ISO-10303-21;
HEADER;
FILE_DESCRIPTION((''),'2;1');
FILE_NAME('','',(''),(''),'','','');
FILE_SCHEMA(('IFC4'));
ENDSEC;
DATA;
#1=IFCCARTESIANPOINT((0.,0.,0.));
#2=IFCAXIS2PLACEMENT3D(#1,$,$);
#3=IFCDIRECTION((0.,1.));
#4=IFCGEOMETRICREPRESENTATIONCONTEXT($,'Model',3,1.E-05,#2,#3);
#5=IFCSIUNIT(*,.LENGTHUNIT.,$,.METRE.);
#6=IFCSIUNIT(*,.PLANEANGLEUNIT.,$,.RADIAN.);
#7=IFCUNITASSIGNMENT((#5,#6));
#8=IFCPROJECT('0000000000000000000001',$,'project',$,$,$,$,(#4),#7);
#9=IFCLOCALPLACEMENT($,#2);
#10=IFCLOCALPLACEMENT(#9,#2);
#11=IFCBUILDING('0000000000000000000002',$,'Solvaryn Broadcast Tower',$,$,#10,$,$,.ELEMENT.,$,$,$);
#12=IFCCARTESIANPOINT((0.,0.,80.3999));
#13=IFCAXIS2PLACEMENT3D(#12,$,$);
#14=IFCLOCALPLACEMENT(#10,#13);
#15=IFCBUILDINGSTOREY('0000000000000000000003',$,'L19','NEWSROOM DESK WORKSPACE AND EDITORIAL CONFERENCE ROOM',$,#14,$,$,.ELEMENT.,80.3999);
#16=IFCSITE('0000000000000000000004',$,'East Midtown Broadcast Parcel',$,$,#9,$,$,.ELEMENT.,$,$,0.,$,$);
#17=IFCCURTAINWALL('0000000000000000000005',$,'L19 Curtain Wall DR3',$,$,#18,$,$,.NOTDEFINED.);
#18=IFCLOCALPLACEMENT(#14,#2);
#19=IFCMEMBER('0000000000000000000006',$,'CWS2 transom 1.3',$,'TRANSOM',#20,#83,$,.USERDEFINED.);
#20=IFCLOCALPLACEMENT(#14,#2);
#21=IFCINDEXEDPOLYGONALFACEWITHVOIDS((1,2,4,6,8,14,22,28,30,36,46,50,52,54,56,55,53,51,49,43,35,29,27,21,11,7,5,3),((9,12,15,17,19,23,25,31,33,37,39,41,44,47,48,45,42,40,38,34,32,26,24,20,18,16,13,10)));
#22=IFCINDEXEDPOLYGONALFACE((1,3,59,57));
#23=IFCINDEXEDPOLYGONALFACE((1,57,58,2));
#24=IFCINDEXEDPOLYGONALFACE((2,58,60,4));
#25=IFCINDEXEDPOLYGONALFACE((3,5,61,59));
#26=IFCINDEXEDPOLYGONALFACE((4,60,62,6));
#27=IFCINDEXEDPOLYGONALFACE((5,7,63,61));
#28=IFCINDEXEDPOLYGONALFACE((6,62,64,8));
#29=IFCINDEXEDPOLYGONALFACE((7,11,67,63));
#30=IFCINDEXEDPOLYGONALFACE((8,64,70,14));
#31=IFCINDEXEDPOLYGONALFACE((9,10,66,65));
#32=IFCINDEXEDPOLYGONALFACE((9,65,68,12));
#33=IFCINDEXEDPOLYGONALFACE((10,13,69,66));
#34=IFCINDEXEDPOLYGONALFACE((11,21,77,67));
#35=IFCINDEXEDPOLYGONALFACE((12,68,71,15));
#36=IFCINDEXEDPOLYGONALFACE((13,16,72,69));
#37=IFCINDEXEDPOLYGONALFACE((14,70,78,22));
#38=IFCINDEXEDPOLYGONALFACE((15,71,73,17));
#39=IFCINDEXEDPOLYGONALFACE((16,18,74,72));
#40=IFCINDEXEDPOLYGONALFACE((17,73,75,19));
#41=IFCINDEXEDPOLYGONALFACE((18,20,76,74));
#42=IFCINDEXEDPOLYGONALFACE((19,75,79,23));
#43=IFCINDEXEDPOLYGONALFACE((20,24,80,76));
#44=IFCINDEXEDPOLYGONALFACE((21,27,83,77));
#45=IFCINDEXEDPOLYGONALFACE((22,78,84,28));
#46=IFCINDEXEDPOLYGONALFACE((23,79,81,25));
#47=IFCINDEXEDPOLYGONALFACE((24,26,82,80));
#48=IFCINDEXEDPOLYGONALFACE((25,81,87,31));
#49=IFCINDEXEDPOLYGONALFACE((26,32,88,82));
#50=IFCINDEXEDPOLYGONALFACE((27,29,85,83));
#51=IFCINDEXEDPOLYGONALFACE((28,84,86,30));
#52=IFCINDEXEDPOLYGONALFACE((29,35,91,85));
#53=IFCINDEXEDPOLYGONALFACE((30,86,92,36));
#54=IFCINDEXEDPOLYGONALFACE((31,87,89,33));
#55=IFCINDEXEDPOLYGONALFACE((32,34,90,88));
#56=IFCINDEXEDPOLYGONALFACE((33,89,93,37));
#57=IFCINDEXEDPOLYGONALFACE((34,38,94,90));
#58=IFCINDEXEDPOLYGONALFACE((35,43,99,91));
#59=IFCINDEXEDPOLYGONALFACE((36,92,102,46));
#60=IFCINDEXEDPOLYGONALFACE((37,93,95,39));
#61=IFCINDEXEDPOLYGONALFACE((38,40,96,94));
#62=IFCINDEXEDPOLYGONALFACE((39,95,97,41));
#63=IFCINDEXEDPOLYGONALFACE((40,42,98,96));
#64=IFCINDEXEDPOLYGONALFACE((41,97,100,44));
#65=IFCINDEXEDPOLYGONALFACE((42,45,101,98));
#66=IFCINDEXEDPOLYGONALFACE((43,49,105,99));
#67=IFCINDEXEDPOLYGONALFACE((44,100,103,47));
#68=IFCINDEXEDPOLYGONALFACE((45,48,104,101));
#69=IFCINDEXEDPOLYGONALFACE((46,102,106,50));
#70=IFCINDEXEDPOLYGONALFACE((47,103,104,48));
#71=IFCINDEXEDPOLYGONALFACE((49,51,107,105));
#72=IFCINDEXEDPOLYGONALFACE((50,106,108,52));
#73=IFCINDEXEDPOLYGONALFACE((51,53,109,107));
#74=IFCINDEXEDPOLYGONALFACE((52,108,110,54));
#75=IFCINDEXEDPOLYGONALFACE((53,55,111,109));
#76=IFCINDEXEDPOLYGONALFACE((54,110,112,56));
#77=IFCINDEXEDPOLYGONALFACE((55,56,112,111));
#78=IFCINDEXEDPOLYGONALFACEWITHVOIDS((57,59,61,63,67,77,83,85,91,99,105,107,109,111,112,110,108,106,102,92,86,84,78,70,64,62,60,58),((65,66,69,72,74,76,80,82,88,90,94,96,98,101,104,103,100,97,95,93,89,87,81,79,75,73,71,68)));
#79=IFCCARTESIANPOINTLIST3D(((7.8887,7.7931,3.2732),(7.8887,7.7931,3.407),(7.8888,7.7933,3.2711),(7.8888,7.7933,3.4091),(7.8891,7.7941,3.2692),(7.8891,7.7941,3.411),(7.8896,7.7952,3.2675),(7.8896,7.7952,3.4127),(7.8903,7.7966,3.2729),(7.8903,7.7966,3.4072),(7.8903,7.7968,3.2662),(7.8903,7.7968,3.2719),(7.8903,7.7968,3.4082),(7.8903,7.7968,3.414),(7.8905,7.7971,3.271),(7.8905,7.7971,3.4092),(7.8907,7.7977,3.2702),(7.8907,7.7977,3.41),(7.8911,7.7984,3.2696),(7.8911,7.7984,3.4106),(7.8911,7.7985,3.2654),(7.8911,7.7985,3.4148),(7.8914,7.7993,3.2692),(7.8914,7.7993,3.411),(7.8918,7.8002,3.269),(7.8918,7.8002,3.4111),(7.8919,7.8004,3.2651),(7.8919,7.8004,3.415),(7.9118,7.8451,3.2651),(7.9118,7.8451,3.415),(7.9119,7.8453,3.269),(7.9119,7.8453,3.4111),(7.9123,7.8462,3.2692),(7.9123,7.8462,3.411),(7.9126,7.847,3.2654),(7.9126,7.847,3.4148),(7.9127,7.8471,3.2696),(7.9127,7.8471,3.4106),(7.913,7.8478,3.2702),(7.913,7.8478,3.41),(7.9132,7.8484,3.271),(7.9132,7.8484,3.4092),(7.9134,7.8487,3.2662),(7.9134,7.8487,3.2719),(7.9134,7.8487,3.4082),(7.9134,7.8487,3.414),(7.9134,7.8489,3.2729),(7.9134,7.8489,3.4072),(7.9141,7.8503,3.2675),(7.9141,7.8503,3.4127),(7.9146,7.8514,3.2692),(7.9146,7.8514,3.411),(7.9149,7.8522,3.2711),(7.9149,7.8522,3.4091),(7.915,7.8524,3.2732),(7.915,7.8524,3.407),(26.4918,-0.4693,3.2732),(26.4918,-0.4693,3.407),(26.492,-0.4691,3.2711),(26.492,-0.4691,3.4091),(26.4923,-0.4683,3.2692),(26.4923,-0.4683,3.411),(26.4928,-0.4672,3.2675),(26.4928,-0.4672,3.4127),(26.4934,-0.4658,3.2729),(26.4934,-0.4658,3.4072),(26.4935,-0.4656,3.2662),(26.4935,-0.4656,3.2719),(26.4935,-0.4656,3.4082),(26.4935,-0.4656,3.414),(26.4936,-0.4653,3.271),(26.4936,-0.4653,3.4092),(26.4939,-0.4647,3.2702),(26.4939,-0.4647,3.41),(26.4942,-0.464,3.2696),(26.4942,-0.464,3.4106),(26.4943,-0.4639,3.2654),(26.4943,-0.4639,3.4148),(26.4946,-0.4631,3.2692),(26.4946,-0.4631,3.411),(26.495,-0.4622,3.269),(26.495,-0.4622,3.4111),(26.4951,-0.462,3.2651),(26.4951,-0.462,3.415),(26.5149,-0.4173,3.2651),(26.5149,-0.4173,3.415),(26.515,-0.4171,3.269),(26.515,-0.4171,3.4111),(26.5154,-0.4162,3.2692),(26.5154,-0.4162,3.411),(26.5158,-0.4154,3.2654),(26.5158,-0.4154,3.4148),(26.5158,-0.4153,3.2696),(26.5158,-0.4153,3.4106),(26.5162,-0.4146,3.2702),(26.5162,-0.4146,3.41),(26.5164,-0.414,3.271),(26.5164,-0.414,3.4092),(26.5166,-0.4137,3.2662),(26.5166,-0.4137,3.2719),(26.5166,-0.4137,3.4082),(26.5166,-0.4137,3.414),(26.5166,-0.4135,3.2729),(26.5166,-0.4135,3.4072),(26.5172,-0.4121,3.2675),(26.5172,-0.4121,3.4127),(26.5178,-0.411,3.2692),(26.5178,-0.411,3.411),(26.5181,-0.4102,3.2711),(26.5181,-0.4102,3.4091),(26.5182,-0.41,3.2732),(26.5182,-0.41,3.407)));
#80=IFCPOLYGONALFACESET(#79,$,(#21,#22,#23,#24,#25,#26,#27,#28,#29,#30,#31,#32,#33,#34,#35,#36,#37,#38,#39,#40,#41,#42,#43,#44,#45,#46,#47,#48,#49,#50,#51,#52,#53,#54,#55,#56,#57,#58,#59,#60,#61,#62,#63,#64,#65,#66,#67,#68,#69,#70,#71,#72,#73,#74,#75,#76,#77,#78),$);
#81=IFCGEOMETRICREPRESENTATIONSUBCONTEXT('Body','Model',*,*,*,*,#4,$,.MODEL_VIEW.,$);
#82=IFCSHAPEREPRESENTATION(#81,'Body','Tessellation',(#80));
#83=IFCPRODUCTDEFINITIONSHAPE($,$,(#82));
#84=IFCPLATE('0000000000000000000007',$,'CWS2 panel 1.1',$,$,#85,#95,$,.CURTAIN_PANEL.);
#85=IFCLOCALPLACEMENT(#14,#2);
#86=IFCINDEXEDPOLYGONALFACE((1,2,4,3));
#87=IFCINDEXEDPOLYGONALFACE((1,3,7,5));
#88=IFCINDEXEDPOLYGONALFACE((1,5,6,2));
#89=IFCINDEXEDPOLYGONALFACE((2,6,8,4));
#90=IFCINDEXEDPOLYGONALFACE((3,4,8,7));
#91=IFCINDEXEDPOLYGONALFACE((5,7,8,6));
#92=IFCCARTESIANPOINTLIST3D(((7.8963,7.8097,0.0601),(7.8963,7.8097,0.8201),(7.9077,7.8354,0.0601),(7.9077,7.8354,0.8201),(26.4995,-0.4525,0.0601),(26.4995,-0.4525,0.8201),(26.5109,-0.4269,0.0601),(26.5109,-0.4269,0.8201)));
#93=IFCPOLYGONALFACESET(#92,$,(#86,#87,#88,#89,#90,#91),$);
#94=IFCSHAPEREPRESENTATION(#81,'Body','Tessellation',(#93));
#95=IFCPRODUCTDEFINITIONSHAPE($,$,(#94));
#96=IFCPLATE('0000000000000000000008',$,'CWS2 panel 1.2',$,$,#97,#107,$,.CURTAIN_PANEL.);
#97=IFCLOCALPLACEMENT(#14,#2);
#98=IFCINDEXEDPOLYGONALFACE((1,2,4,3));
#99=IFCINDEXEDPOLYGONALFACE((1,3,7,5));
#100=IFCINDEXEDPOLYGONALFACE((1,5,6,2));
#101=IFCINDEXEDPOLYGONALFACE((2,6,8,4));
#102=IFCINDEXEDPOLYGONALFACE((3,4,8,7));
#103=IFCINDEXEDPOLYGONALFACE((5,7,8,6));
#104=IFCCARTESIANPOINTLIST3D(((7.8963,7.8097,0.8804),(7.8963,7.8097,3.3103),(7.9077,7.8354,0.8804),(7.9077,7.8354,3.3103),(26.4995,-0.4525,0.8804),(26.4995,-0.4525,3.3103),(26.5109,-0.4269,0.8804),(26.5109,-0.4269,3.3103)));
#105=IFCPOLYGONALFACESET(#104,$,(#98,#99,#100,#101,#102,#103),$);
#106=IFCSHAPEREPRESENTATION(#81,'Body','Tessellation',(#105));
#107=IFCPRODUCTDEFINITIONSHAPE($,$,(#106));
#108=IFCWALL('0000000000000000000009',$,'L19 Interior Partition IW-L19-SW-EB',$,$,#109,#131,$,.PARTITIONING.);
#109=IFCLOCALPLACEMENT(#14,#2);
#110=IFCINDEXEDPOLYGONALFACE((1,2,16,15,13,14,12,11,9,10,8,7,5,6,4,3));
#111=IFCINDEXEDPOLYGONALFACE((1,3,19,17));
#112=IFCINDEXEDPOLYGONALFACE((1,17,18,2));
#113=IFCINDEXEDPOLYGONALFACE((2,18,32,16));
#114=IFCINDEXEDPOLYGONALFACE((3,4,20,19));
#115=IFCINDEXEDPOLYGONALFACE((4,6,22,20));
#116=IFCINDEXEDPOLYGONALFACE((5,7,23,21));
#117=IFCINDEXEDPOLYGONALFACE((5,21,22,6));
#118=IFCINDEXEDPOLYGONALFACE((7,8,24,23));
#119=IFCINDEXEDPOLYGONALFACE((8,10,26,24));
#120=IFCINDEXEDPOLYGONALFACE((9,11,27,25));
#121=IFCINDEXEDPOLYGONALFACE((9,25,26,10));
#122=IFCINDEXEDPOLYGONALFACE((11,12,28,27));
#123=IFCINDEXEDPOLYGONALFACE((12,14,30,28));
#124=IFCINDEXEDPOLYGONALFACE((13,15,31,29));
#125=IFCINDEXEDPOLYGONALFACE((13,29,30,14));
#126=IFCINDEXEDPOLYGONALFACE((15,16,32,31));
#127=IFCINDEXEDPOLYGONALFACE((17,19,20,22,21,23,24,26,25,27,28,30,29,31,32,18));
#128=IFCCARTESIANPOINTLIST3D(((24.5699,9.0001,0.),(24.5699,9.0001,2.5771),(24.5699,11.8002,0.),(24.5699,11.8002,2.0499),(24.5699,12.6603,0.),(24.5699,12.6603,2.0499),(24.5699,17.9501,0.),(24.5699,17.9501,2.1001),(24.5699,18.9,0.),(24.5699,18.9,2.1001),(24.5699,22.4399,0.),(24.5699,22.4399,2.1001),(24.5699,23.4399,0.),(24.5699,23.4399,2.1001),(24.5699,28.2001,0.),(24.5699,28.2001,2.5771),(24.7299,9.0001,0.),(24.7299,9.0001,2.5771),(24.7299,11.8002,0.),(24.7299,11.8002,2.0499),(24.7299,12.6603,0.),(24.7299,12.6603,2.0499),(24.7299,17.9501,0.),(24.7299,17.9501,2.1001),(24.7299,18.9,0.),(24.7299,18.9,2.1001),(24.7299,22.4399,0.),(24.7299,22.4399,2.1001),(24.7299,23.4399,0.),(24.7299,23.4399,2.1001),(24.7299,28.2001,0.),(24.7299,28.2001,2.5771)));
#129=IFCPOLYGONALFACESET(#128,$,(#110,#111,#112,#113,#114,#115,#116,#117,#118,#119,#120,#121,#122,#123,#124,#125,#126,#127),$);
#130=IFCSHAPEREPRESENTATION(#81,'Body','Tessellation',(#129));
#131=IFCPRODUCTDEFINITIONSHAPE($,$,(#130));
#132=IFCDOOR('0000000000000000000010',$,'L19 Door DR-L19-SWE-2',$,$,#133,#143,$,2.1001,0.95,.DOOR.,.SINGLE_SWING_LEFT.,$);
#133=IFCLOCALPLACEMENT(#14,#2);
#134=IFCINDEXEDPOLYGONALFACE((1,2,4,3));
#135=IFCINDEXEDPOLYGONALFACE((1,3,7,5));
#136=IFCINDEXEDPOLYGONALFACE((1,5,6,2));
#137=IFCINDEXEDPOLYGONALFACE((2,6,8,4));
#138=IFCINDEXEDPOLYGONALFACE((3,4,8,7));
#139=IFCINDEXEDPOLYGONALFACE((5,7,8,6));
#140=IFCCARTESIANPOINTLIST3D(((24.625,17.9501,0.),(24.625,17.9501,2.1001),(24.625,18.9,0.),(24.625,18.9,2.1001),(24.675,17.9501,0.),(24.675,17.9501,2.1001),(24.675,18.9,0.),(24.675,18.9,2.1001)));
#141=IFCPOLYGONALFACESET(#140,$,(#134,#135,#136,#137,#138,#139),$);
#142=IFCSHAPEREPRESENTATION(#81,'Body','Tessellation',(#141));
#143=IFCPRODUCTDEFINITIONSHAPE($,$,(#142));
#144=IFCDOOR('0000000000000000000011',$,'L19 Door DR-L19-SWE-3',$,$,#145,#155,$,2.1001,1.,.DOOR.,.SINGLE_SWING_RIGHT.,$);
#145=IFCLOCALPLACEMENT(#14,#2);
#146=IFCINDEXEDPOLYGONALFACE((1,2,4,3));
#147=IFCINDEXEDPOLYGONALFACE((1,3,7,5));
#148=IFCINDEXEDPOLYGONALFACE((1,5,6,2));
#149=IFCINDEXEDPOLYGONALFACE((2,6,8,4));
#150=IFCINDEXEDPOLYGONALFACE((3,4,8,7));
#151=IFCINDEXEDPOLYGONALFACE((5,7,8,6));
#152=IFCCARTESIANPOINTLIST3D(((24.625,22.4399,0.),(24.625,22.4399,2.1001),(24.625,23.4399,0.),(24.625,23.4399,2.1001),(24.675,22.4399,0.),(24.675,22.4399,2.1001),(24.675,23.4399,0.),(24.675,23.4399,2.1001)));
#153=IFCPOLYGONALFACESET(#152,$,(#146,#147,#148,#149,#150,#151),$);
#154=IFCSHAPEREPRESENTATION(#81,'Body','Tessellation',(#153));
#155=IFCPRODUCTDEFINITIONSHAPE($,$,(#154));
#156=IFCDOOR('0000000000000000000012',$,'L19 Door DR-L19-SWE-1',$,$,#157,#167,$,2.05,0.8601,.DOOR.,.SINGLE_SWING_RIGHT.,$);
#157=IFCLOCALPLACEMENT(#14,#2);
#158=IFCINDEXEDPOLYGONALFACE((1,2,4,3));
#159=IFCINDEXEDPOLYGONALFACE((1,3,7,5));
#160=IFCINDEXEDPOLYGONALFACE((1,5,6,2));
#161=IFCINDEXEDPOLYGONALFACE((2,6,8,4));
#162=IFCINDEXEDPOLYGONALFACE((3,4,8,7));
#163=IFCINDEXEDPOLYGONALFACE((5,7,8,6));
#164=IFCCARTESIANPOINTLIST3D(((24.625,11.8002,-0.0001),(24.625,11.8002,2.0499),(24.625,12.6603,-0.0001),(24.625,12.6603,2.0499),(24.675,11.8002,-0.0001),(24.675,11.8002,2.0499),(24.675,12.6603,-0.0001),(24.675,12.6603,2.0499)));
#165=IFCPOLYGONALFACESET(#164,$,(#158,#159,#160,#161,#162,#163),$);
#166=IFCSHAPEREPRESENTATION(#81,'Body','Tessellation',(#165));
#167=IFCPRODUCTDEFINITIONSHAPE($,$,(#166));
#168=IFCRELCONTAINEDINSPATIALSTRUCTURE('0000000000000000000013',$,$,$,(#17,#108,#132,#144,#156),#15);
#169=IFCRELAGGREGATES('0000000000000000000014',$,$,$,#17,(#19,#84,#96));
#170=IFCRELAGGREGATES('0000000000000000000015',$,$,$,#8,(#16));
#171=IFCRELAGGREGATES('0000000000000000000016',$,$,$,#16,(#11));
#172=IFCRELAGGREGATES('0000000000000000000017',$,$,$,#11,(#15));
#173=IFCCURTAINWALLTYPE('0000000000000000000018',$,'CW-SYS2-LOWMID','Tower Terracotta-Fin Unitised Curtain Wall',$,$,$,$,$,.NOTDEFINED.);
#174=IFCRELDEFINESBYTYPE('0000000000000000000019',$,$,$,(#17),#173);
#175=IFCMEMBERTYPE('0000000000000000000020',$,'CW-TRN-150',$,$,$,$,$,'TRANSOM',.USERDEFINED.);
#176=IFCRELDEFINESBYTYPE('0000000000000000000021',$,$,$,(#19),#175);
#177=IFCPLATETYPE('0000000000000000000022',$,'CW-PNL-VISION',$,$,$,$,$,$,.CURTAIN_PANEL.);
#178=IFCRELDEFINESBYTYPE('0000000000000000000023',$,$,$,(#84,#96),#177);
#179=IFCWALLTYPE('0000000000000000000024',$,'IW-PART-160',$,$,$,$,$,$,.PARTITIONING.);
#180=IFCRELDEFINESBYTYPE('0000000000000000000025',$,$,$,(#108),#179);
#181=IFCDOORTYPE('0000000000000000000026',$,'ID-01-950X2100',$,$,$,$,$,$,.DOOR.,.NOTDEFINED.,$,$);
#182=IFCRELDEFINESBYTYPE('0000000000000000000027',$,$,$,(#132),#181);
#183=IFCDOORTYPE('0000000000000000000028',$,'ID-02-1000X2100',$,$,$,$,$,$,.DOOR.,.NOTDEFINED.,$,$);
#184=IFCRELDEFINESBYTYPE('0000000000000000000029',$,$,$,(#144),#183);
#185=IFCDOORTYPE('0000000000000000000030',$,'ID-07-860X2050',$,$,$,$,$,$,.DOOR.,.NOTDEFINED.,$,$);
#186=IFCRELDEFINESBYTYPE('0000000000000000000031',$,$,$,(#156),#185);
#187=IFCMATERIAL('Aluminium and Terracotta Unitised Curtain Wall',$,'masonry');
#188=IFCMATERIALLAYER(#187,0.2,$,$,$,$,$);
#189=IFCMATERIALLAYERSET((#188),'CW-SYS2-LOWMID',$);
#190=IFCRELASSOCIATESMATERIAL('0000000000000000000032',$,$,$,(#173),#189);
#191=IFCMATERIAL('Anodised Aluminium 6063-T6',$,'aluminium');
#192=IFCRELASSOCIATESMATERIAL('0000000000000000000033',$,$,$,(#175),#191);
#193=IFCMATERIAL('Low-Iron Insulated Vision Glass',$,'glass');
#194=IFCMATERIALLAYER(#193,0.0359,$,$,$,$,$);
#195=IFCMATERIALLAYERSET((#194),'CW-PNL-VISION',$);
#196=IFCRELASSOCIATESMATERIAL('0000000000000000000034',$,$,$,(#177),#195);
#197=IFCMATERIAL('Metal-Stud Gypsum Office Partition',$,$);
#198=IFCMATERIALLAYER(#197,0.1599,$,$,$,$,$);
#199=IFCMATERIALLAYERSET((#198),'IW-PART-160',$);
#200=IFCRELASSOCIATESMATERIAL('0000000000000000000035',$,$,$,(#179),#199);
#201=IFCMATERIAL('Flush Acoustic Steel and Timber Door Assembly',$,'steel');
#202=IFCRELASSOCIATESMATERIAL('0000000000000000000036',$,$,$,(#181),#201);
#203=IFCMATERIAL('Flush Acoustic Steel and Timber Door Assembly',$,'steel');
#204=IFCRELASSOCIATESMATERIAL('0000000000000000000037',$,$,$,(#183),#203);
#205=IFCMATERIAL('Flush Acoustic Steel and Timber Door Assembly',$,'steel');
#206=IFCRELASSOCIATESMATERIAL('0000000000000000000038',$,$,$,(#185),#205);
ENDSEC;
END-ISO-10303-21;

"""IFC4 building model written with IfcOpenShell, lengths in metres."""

from ifc_helpers import new_model, si_unit, direction, frame, frame_2d, origin, origin_2d, place, context, subcontext, project, spatial, rectangle, hollow_rectangle, extrude, material, layer, layer_set, material_profile, profile_set, type_object, element, fill, aggregate, save


model = new_model("IFC4")

# Units and contexts
model_context = context("Model", 3, precision=1e-05, world=origin(), true_north=direction((0.0, 1.0)))
body_context = subcontext(model_context, "Body", "Model", "MODEL_VIEW")
ifc_project = project(units=[si_unit("LENGTHUNIT", "METRE"), si_unit("PLANEANGLEUNIT", "RADIAN")], contexts=[model_context])

# Site, building, storey
site_placement = place(None, origin())
site = spatial("IfcSite", under=ifc_project, at=site_placement, Name="East Midtown Broadcast Parcel", CompositionType="ELEMENT", RefElevation=0.0)
building_placement = place(site_placement, origin())
building = spatial("IfcBuilding", under=site, at=building_placement, Name="Solvaryn Broadcast Tower", CompositionType="ELEMENT")
storey_placement = place(building_placement, frame((0.0, 0.0, 80.3999)))
storey = spatial("IfcBuildingStorey", under=building, at=storey_placement, Name="L19", Description="NEWSROOM DESK WORKSPACE AND EDITORIAL CONFERENCE ROOM", CompositionType="ELEMENT", Elevation=80.3999)

# Curtain wall, member, plates
ifc_material_1 = material(Name="Aluminium and Terracotta Unitised Curtain Wall", Category="masonry")
ifc_layer_1 = layer(ifc_material_1, 0.2)
ifc_layer_set_1 = layer_set([ifc_layer_1], Name="CW-SYS2-LOWMID")
curtain_wall_type_1 = type_object("IfcCurtainWallType", Name="CW-SYS2-LOWMID", Description="Tower Terracotta-Fin Unitised Curtain Wall", PredefinedType="NOTDEFINED", material=ifc_layer_set_1)
curtain_wall_1_placement = place(storey_placement, origin())
curtain_wall_1 = element("IfcCurtainWall", 1, at=curtain_wall_1_placement, inside=storey, type_object=curtain_wall_type_1, Name="L19 Curtain Wall DR3", PredefinedType="NOTDEFINED")
ifc_material_2 = material(Name="Anodised Aluminium 6063-T6", Category="aluminium")
ifc_material_profile_1 = material_profile(ifc_material_2, hollow_rectangle(XDim=0.0649, YDim=0.1499, WallThickness=0.0039, InnerFilletRadius=0.0039, OuterFilletRadius=0.0081, at=origin_2d()))
ifc_profile_set_1 = profile_set([ifc_material_profile_1], Name="Anodised Aluminium 6063-T6")
member_type_1 = type_object("IfcMemberType", Name="CW-TRN-150", ElementType="TRANSOM", PredefinedType="USERDEFINED", material=ifc_profile_set_1)
member_1_placement = place(storey_placement, frame((7.9019, 7.8228, 3.3401), z_axis=(0.913915, -0.405906, 0.0), x_axis=(0.405906, 0.913915, 0.0)))
member_1 = element("IfcMember", 2, at=member_1_placement, type_object=member_type_1, Name="CWS2 transom 1.3", ObjectType="TRANSOM", PredefinedType="USERDEFINED", context=body_context, shape_type="SweptSolid", body=[
    extrude(hollow_rectangle(XDim=0.0649, YDim=0.1499, WallThickness=0.0039, InnerFilletRadius=0.0039, OuterFilletRadius=0.0081, at=origin_2d()), origin(), (0.0, 0.0, 1.0), 20.3555),
])
ifc_material_3 = material(Name="Low-Iron Insulated Vision Glass", Category="glass")
ifc_layer_2 = layer(ifc_material_3, 0.0359)
ifc_layer_set_2 = layer_set([ifc_layer_2], Name="CW-PNL-VISION")
plate_type = type_object("IfcPlateType", Name="CW-PNL-VISION", PredefinedType="CURTAIN_PANEL", material=ifc_layer_set_2)
plate_1_placement = place(storey_placement, frame((17.2036, 3.6914, 0.0601), z_axis=(0.0, 0.0, 1.0), x_axis=(0.913918, -0.405898, 0.0)))
plate_1 = element("IfcPlate", 3, at=plate_1_placement, type_object=plate_type, Name="CWS2 panel 1.1", PredefinedType="CURTAIN_PANEL", context=body_context, shape_type="SweptSolid", body=[
    extrude(rectangle(XDim=20.3555, YDim=0.0281, at=origin_2d()), origin(), (0.0, 0.0, 1.0), 0.76),
])
plate_2_placement = place(storey_placement, frame((17.2036, 3.6914, 0.8804), z_axis=(0.0, 0.0, 1.0), x_axis=(0.913918, -0.405898, 0.0)))
plate_2 = element("IfcPlate", 4, at=plate_2_placement, type_object=plate_type, Name="CWS2 panel 1.2", PredefinedType="CURTAIN_PANEL", context=body_context, shape_type="SweptSolid", body=[
    extrude(rectangle(XDim=20.3555, YDim=0.0281, at=origin_2d()), origin(), (0.0, 0.0, 1.0), 2.4299),
])
aggregate(curtain_wall_1, [member_1, plate_1, plate_2])

# Wall, openings, doors
ifc_material_4 = material(Name="Metal-Stud Gypsum Office Partition")
ifc_layer_3 = layer(ifc_material_4, 0.1599)
ifc_layer_set_3 = layer_set([ifc_layer_3], Name="IW-PART-160")
wall_type_1 = type_object("IfcWallType", Name="IW-PART-160", PredefinedType="PARTITIONING", material=ifc_layer_set_3)
wall_1_placement = place(storey_placement, frame((24.6499, 9.0, 0.0), z_axis=(0.0, 0.0, 1.0), x_axis=(0.0, 1.0, 0.0)))
wall_1 = element("IfcWall", 5, at=wall_1_placement, inside=storey, type_object=wall_type_1, Name="L19 Interior Partition IW-L19-SW-EB", PredefinedType="PARTITIONING", context=body_context, shape_type="SweptSolid", body=[
    extrude(rectangle(XDim=19.2, YDim=0.1599, at=frame_2d((9.6001, 0.0))), origin(), (0.0, 0.0, 1.0), 2.5771),
])
opening_1_placement = place(wall_1_placement, frame((2.8, 0.0, 0.0)))
opening_1 = element("IfcOpeningElement", 6, at=opening_1_placement, cuts=wall_1, PredefinedType="OPENING", context=body_context, shape_type="SweptSolid", body=[
    extrude(rectangle(XDim=0.8601, YDim=2.05, at=frame_2d((0.4302, 1.0249))), frame((0.0, 0.0901, 0.0), z_axis=(0.0, -1.0, 0.0), x_axis=(1.0, 0.0, 0.0)), (0.0, 0.0, 1.0), 0.1799),
])
opening_2_placement = place(wall_1_placement, frame((8.95, 0.0, 0.0)))
opening_2 = element("IfcOpeningElement", 7, at=opening_2_placement, cuts=wall_1, PredefinedType="OPENING", context=body_context, shape_type="SweptSolid", body=[
    extrude(rectangle(XDim=0.95, YDim=2.1001, at=frame_2d((0.4751, 1.05))), frame((0.0, 0.0901, 0.0), z_axis=(0.0, -1.0, 0.0), x_axis=(1.0, 0.0, 0.0)), (0.0, 0.0, 1.0), 0.1799),
])
opening_3_placement = place(wall_1_placement, frame((13.4399, 0.0, 0.0)))
opening_3 = element("IfcOpeningElement", 8, at=opening_3_placement, cuts=wall_1, PredefinedType="OPENING", context=body_context, shape_type="SweptSolid", body=[
    extrude(rectangle(XDim=1.0, YDim=2.1001, at=frame_2d((0.5, 1.05))), frame((0.0, 0.0901, 0.0), z_axis=(0.0, -1.0, 0.0), x_axis=(1.0, 0.0, 0.0)), (0.0, 0.0, 1.0), 0.1799),
])
ifc_material_5 = material(Name="Flush Acoustic Steel and Timber Door Assembly", Category="steel")
door_type_1 = type_object("IfcDoorType", Name="ID-01-950X2100", OperationType="NOTDEFINED", PredefinedType="DOOR", material=ifc_material_5)
door_1_placement = place(opening_2_placement, origin())
door_1 = element("IfcDoor", 9, at=door_1_placement, inside=storey, type_object=door_type_1, Name="L19 Door DR-L19-SWE-2", OperationType="SINGLE_SWING_LEFT", OverallHeight=2.1001, OverallWidth=0.95, PredefinedType="DOOR", context=body_context, shape_type="SweptSolid", body=[
    extrude(rectangle(XDim=0.95, YDim=2.1001, at=frame_2d((0.4751, 1.05))), frame((0.0, 0.0249, 0.0), z_axis=(0.0, -1.0, 0.0), x_axis=(1.0, 0.0, 0.0)), (0.0, 0.0, 1.0), 0.05),
])
fill(opening_2, door_1)
ifc_material_6 = material(Name="Flush Acoustic Steel and Timber Door Assembly", Category="steel")
door_type_2 = type_object("IfcDoorType", Name="ID-02-1000X2100", OperationType="NOTDEFINED", PredefinedType="DOOR", material=ifc_material_6)
door_2_placement = place(opening_3_placement, origin())
door_2 = element("IfcDoor", 10, at=door_2_placement, inside=storey, type_object=door_type_2, Name="L19 Door DR-L19-SWE-3", OperationType="SINGLE_SWING_RIGHT", OverallHeight=2.1001, OverallWidth=1.0, PredefinedType="DOOR", context=body_context, shape_type="SweptSolid", body=[
    extrude(rectangle(XDim=1.0, YDim=2.1001, at=frame_2d((0.5, 1.05))), frame((0.0, 0.0249, 0.0), z_axis=(0.0, -1.0, 0.0), x_axis=(1.0, 0.0, 0.0)), (0.0, 0.0, 1.0), 0.05),
])
fill(opening_3, door_2)
ifc_material_7 = material(Name="Flush Acoustic Steel and Timber Door Assembly", Category="steel")
door_type_3 = type_object("IfcDoorType", Name="ID-07-860X2050", OperationType="NOTDEFINED", PredefinedType="DOOR", material=ifc_material_7)
door_3_placement = place(opening_1_placement, origin())
door_3 = element("IfcDoor", 11, at=door_3_placement, inside=storey, type_object=door_type_3, Name="L19 Door DR-L19-SWE-1", OperationType="SINGLE_SWING_RIGHT", OverallHeight=2.05, OverallWidth=0.8601, PredefinedType="DOOR", context=body_context, shape_type="SweptSolid", body=[
    extrude(rectangle(XDim=0.8601, YDim=2.05, at=frame_2d((0.4302, 1.0249))), frame((0.0, 0.0249, 0.0), z_axis=(0.0, -1.0, 0.0), x_axis=(1.0, 0.0, 0.0)), (0.0, 0.0, 1.0), 0.05),
])
fill(opening_1, door_3)

save(model, "model.ifc")
